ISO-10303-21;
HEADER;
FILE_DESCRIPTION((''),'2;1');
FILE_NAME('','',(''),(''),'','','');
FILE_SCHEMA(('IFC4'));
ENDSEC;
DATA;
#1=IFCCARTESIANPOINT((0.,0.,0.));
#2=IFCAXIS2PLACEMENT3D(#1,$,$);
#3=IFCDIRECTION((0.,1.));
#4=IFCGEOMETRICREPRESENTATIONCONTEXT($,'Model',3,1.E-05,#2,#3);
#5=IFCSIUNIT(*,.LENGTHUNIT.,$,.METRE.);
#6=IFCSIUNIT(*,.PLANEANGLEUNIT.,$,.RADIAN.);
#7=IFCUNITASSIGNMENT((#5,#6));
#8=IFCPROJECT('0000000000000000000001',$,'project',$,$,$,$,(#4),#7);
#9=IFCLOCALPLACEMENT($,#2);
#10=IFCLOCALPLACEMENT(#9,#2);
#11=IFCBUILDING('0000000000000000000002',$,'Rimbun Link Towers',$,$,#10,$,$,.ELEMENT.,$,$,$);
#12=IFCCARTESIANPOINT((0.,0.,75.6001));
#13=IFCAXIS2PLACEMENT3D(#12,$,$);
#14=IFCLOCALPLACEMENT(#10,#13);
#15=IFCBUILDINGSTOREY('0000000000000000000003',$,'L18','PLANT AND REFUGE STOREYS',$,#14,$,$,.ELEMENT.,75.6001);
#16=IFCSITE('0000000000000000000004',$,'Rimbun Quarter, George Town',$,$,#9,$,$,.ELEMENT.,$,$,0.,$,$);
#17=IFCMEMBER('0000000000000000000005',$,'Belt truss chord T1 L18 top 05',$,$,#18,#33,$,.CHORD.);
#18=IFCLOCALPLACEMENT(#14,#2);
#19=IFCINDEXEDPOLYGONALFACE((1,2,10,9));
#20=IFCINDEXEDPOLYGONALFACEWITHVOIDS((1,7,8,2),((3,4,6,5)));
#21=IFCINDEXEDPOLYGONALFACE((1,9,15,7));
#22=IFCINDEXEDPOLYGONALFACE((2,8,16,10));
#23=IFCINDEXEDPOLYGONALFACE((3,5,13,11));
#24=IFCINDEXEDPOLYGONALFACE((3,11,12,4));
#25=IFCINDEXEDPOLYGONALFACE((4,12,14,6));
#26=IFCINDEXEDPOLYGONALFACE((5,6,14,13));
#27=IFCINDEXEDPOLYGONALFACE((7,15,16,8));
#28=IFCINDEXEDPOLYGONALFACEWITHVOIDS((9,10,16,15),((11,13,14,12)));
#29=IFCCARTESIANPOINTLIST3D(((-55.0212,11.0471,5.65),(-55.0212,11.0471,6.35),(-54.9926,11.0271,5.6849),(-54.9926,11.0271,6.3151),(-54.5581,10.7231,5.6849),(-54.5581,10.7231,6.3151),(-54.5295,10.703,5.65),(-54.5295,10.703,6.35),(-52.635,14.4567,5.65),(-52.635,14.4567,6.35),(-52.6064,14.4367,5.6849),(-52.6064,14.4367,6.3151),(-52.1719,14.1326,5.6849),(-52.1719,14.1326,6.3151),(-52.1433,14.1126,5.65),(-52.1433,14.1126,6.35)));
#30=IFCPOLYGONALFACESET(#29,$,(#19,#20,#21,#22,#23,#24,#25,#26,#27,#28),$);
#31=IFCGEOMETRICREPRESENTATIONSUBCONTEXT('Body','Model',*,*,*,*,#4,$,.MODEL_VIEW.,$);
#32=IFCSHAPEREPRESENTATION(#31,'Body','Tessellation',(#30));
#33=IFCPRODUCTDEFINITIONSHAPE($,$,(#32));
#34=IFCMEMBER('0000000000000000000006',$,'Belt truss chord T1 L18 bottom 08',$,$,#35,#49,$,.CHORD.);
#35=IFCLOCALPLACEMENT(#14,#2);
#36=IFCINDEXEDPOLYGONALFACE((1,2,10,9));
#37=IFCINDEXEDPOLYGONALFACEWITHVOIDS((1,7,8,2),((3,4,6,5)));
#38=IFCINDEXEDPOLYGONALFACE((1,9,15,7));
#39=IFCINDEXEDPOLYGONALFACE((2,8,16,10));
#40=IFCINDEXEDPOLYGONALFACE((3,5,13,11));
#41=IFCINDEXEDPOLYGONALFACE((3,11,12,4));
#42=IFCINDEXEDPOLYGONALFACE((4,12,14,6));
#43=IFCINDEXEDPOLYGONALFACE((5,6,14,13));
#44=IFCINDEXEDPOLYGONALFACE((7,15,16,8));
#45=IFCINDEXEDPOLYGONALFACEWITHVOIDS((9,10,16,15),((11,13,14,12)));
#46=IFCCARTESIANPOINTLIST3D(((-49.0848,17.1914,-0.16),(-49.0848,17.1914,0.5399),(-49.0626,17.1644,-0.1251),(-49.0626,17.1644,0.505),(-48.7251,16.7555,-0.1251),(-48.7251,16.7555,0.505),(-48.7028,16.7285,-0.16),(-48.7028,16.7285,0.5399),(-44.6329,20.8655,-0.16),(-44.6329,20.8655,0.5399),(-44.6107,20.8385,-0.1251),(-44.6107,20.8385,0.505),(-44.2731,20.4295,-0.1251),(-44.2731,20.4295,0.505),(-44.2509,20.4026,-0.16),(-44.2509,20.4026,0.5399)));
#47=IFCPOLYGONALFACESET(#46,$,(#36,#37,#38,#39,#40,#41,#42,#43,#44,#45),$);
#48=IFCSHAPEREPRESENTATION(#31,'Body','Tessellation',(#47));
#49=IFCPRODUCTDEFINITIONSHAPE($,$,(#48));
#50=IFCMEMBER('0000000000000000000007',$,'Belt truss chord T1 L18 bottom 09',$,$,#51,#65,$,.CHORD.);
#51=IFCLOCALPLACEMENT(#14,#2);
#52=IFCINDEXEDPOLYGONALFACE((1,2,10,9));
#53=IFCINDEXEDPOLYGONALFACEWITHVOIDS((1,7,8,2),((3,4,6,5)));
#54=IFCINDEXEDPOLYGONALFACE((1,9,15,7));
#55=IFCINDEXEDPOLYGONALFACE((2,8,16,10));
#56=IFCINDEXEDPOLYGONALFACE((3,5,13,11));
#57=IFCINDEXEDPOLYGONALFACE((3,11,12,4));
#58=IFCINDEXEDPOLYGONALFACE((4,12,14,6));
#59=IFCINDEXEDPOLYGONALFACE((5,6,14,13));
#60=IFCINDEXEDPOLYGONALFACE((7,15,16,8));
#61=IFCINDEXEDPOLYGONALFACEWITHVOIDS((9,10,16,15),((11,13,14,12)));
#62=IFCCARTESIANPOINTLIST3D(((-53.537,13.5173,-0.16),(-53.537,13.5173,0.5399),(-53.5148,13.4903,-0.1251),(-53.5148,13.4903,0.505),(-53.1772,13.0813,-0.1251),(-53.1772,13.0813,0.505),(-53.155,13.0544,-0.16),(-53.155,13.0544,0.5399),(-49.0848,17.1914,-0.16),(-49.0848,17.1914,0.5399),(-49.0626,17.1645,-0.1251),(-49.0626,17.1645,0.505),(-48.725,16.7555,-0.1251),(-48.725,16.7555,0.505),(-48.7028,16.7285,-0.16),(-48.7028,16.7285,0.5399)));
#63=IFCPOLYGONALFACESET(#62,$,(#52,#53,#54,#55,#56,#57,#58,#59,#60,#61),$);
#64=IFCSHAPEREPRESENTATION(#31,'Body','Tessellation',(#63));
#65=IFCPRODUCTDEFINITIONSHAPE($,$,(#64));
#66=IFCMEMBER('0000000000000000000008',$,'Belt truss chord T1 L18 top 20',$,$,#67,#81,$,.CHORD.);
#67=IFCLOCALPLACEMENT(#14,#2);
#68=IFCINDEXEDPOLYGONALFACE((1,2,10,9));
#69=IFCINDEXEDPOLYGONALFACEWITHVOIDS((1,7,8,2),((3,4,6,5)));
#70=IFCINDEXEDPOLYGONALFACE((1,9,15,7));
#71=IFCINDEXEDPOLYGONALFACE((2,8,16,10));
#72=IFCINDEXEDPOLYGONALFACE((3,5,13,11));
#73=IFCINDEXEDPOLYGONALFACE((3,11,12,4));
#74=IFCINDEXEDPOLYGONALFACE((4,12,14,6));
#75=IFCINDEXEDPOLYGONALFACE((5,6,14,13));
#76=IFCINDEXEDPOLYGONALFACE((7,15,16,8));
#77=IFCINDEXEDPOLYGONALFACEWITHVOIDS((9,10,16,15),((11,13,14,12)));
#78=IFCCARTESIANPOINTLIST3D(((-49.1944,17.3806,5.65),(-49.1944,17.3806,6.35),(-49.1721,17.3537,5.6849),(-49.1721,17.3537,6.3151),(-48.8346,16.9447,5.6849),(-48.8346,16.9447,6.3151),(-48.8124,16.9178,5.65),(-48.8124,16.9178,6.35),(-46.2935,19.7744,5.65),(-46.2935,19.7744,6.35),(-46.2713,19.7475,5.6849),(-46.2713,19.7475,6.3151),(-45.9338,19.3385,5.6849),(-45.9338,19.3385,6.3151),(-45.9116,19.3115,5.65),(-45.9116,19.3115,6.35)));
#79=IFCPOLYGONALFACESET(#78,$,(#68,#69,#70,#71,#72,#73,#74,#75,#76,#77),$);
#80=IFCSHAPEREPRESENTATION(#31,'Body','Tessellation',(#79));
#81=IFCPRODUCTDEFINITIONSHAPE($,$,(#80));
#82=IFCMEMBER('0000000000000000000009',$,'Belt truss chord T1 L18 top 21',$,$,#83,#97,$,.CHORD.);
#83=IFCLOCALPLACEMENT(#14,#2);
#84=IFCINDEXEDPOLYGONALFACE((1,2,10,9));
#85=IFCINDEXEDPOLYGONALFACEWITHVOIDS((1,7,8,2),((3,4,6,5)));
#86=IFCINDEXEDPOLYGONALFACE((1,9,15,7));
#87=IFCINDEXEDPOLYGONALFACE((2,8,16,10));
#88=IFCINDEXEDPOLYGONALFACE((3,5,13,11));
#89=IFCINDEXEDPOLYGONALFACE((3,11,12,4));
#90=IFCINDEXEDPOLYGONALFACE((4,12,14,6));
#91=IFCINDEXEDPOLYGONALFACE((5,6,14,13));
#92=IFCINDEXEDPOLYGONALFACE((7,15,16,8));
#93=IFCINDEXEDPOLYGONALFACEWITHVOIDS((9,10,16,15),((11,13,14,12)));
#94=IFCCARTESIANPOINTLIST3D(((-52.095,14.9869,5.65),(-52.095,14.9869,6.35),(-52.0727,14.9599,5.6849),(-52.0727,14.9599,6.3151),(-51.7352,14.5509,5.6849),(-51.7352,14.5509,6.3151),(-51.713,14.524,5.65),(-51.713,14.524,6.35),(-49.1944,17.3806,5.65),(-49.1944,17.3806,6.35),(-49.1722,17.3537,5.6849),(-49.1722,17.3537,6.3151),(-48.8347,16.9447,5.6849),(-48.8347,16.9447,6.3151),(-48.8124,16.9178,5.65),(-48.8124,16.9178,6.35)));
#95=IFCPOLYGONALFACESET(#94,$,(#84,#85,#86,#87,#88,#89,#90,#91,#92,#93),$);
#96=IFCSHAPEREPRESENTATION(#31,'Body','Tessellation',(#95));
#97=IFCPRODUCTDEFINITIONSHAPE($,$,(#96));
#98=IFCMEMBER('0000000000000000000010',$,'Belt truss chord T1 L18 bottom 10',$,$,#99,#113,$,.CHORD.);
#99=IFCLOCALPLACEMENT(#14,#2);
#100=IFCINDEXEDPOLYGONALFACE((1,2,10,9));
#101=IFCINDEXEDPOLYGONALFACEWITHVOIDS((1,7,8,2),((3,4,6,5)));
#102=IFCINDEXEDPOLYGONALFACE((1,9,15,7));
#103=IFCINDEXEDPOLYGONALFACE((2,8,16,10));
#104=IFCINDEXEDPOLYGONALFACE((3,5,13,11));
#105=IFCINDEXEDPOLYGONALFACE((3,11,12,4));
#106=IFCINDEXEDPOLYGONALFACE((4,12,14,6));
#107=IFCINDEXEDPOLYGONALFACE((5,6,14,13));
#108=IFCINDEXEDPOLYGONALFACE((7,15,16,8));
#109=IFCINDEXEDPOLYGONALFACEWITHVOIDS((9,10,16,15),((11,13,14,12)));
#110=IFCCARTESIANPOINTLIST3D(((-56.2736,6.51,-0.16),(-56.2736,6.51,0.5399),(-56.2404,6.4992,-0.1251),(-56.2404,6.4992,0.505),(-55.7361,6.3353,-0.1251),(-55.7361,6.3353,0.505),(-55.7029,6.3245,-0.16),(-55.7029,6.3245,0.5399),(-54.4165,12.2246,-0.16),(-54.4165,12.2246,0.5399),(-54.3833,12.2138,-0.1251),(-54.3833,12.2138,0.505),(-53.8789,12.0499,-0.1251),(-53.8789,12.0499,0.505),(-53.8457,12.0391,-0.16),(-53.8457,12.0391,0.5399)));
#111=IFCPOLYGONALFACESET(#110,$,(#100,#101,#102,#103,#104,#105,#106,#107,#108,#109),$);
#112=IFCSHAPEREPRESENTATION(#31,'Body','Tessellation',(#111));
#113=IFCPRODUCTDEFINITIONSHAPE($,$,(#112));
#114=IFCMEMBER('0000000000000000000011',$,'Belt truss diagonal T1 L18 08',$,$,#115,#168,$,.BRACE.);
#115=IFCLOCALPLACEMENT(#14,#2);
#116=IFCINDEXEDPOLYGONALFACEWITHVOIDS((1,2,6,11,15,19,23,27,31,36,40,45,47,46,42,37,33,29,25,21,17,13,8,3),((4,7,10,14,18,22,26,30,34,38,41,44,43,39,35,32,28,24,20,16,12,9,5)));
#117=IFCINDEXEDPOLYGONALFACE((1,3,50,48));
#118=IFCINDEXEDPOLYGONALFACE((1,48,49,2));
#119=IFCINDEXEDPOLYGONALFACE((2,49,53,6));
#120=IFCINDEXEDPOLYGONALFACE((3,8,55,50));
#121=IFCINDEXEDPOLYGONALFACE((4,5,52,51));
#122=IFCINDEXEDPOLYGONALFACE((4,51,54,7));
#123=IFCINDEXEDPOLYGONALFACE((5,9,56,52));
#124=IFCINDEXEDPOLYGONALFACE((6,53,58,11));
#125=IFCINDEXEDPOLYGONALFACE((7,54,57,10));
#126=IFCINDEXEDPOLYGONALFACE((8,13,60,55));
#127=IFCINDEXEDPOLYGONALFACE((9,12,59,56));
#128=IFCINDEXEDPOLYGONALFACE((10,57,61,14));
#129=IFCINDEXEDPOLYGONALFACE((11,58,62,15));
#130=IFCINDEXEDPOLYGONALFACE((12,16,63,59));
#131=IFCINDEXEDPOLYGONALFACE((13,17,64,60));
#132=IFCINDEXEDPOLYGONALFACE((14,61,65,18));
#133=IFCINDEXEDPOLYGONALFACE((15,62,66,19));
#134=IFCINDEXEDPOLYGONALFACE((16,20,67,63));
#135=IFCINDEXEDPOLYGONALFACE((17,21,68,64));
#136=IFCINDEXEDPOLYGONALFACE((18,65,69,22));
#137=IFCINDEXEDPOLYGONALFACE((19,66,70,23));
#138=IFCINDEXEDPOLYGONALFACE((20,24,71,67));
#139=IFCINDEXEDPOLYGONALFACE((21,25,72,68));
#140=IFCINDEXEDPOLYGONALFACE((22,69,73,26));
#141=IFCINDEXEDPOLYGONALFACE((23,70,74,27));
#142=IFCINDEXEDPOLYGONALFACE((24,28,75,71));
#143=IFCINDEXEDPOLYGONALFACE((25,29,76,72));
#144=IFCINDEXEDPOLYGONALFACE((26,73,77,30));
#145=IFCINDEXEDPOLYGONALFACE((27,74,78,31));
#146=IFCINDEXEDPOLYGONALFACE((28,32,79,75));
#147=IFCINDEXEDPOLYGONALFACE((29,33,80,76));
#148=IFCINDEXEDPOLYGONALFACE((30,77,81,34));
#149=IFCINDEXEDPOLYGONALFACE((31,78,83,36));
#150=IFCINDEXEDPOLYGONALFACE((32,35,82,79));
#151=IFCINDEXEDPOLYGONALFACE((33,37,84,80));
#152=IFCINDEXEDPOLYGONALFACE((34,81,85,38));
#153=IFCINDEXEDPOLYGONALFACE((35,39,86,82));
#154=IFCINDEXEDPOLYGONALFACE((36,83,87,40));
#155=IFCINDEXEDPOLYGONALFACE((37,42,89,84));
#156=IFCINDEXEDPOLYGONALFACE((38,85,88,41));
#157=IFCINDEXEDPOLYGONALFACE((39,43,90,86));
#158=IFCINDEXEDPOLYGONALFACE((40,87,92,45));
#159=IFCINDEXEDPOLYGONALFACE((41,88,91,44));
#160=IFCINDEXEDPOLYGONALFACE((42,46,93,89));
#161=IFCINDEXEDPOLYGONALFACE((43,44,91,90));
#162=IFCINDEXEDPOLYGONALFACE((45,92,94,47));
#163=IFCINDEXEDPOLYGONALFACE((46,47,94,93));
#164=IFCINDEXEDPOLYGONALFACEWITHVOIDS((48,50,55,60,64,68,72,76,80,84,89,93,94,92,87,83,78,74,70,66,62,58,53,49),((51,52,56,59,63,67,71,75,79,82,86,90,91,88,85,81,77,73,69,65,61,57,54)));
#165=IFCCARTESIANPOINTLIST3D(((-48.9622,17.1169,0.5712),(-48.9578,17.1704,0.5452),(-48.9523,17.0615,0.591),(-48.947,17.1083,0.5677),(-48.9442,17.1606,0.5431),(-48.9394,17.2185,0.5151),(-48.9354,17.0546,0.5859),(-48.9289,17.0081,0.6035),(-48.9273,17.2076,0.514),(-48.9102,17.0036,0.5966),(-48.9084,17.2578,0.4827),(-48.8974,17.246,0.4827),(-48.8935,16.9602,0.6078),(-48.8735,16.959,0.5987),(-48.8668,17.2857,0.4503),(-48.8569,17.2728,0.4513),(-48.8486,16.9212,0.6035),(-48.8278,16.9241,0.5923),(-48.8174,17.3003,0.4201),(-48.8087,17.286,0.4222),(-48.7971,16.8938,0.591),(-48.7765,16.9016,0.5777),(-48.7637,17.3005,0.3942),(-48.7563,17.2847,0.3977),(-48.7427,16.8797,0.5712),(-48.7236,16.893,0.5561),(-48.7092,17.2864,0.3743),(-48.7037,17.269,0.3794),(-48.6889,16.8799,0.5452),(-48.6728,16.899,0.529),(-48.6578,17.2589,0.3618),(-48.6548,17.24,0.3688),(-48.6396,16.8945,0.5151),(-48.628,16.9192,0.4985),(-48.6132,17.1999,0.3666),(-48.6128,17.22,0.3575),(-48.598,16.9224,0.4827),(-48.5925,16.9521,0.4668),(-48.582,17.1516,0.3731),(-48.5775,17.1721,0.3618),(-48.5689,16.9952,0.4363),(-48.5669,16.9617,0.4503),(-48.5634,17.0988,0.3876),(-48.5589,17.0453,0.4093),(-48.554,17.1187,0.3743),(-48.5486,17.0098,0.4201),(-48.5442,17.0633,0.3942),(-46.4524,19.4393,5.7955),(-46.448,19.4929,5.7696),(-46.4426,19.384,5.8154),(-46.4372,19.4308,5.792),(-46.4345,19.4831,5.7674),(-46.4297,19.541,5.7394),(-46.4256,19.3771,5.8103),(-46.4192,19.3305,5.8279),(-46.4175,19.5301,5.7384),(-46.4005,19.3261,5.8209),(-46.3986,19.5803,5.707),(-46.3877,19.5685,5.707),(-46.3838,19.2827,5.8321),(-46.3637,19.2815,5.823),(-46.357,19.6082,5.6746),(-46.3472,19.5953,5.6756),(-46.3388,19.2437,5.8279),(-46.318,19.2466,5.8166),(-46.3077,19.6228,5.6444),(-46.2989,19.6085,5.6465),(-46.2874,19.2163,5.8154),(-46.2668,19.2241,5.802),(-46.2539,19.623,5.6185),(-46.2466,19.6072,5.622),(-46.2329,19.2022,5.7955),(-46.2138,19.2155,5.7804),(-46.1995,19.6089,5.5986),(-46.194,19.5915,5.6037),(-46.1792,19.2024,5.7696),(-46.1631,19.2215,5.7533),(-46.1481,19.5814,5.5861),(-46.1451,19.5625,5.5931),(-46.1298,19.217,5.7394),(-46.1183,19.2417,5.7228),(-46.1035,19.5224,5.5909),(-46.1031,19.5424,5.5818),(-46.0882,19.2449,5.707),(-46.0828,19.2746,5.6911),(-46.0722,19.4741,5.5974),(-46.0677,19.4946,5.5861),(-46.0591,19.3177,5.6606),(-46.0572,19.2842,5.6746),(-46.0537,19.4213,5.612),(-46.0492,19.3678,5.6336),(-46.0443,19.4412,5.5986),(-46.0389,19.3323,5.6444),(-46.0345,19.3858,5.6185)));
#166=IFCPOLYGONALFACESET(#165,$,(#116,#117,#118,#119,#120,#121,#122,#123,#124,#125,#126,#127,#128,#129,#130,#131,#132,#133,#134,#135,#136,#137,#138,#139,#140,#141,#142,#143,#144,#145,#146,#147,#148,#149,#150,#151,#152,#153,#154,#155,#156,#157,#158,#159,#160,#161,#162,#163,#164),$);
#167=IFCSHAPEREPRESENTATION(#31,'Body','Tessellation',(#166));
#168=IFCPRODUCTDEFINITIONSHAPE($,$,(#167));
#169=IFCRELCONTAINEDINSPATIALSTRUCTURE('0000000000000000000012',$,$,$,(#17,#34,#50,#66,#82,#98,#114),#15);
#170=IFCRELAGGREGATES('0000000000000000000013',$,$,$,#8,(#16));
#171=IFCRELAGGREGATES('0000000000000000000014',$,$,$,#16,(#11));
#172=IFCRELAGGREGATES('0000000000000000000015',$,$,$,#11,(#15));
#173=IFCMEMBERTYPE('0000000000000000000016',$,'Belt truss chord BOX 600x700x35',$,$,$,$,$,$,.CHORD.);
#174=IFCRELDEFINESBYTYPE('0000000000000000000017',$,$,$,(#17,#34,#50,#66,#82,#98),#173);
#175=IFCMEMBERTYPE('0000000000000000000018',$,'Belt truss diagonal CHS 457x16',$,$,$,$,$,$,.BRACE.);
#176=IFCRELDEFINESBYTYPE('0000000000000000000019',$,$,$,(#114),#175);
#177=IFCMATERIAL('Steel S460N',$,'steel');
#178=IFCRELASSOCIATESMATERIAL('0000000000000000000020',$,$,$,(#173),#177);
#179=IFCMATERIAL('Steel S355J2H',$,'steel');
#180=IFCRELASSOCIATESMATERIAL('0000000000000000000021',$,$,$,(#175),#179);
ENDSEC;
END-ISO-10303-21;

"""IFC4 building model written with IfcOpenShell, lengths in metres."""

from ifc_helpers import new_model, si_unit, direction, frame, origin, origin_2d, place, context, subcontext, project, spatial, hollow_rectangle, hollow_circle, extrude, material, material_profile, profile_set, type_object, element, save


model = new_model("IFC4")

# Units and contexts
model_context = context("Model", 3, precision=1e-05, world=origin(), true_north=direction((0.0, 1.0)))
body_context = subcontext(model_context, "Body", "Model", "MODEL_VIEW")
ifc_project = project(units=[si_unit("LENGTHUNIT", "METRE"), si_unit("PLANEANGLEUNIT", "RADIAN")], contexts=[model_context])

# Site, building, storey
site_placement = place(None, origin())
site = spatial("IfcSite", under=ifc_project, at=site_placement, Name="Rimbun Quarter, George Town", CompositionType="ELEMENT", RefElevation=0.0)
building_placement = place(site_placement, origin())
building = spatial("IfcBuilding", under=site, at=building_placement, Name="Rimbun Link Towers", CompositionType="ELEMENT")
storey_placement = place(building_placement, frame((0.0, 0.0, 75.6001)))
storey = spatial("IfcBuildingStorey", under=building, at=storey_placement, Name="L18", Description="PLANT AND REFUGE STOREYS", CompositionType="ELEMENT", Elevation=75.6001)

# Members
ifc_material_1 = material(Name="Steel S460N", Category="steel")
ifc_material_profile_1 = material_profile(ifc_material_1, hollow_rectangle(XDim=0.6001, YDim=0.7, WallThickness=0.0349, at=origin_2d()), Name="Belt truss chord BOX 600x700x35")
ifc_profile_set_1 = profile_set([ifc_material_profile_1], Name="Steel S460N")
member_type_1 = type_object("IfcMemberType", Name="Belt truss chord BOX 600x700x35", PredefinedType="CHORD", material=ifc_profile_set_1)
member_1_placement = place(storey_placement, frame((-52.3892, 14.2847, 6.0), z_axis=(-0.573376, -0.819293, 0.0), x_axis=(0.819293, -0.573376, 0.0)))
element("IfcMember", 1, at=member_1_placement, inside=storey, type_object=member_type_1, Name="Belt truss chord T1 L18 top 05", PredefinedType="CHORD", context=body_context, shape_type="SweptSolid", body=[
    extrude(hollow_rectangle(XDim=0.6001, YDim=0.7, WallThickness=0.0349, at=origin_2d()), origin(), (0.0, 0.0, 1.0), 4.1616),
])
member_2_placement = place(storey_placement, frame((-44.4419, 20.634, 0.1899), z_axis=(-0.771267, -0.636512, 0.0), x_axis=(0.636512, -0.771267, 0.0)))
element("IfcMember", 2, at=member_2_placement, inside=storey, type_object=member_type_1, Name="Belt truss chord T1 L18 bottom 08", PredefinedType="CHORD", context=body_context, shape_type="SweptSolid", body=[
    extrude(hollow_rectangle(XDim=0.6001, YDim=0.7, WallThickness=0.0349, at=origin_2d()), origin(), (0.0, 0.0, 1.0), 5.7722),
])
member_3_placement = place(storey_placement, frame((-48.8938, 16.96, 0.1899), z_axis=(-0.771284, -0.636491, 0.0), x_axis=(0.636491, -0.771284, 0.0)))
element("IfcMember", 3, at=member_3_placement, inside=storey, type_object=member_type_1, Name="Belt truss chord T1 L18 bottom 09", PredefinedType="CHORD", context=body_context, shape_type="SweptSolid", body=[
    extrude(hollow_rectangle(XDim=0.6001, YDim=0.7, WallThickness=0.0349, at=origin_2d()), origin(), (0.0, 0.0, 1.0), 5.7725),
])
member_4_placement = place(storey_placement, frame((-46.1025, 19.543, 6.0), z_axis=(-0.771298, -0.636474, 0.0), x_axis=(0.636474, -0.771298, 0.0)))
element("IfcMember", 4, at=member_4_placement, inside=storey, type_object=member_type_1, Name="Belt truss chord T1 L18 top 20", PredefinedType="CHORD", context=body_context, shape_type="SweptSolid", body=[
    extrude(hollow_rectangle(XDim=0.6001, YDim=0.7, WallThickness=0.0349, at=origin_2d()), origin(), (0.0, 0.0, 1.0), 3.761),
])
member_5_placement = place(storey_placement, frame((-49.0034, 17.1492, 6.0), z_axis=(-0.771272, -0.636506, 0.0), x_axis=(0.636506, -0.771272, 0.0)))
element("IfcMember", 5, at=member_5_placement, inside=storey, type_object=member_type_1, Name="Belt truss chord T1 L18 top 21", PredefinedType="CHORD", context=body_context, shape_type="SweptSolid", body=[
    extrude(hollow_rectangle(XDim=0.6001, YDim=0.7, WallThickness=0.0349, at=origin_2d()), origin(), (0.0, 0.0, 1.0), 3.7607),
])
member_6_placement = place(storey_placement, frame((-54.1311, 12.1318, 0.1899), z_axis=(-0.309076, -0.951037, 0.0), x_axis=(0.951037, -0.309076, 0.0)))
element("IfcMember", 6, at=member_6_placement, inside=storey, type_object=member_type_1, Name="Belt truss chord T1 L18 bottom 10", PredefinedType="CHORD", context=body_context, shape_type="SweptSolid", body=[
    extrude(hollow_rectangle(XDim=0.6001, YDim=0.7, WallThickness=0.0349, at=origin_2d()), origin(), (0.0, 0.0, 1.0), 6.0088),
])
ifc_material_2 = material(Name="Steel S355J2H", Category="steel")
ifc_material_profile_2 = material_profile(ifc_material_2, hollow_circle(Radius=0.2285, WallThickness=0.0161, at=origin_2d()), Name="Belt truss diagonal CHS 457x16")
ifc_profile_set_2 = profile_set([ifc_material_profile_2], Name="Steel S355J2H")
member_type_2 = type_object("IfcMemberType", Name="Belt truss diagonal CHS 457x16", PredefinedType="BRACE", material=ifc_profile_set_2)
member_7_placement = place(storey_placement, frame((-48.7532, 17.0901, 0.4827), z_axis=(0.401951, 0.371961, 0.836708), x_axis=(-0.679196, 0.733957, 0.0)))
element("IfcMember", 7, at=member_7_placement, inside=storey, type_object=member_type_2, Name="Belt truss diagonal T1 L18 08", PredefinedType="BRACE", context=body_context, shape_type="SweptSolid", body=[
    extrude(hollow_circle(Radius=0.2285, WallThickness=0.0161, at=origin_2d()), origin(), (0.0, 0.0, 1.0), 6.2439),
])

save(model, "model.ifc")
